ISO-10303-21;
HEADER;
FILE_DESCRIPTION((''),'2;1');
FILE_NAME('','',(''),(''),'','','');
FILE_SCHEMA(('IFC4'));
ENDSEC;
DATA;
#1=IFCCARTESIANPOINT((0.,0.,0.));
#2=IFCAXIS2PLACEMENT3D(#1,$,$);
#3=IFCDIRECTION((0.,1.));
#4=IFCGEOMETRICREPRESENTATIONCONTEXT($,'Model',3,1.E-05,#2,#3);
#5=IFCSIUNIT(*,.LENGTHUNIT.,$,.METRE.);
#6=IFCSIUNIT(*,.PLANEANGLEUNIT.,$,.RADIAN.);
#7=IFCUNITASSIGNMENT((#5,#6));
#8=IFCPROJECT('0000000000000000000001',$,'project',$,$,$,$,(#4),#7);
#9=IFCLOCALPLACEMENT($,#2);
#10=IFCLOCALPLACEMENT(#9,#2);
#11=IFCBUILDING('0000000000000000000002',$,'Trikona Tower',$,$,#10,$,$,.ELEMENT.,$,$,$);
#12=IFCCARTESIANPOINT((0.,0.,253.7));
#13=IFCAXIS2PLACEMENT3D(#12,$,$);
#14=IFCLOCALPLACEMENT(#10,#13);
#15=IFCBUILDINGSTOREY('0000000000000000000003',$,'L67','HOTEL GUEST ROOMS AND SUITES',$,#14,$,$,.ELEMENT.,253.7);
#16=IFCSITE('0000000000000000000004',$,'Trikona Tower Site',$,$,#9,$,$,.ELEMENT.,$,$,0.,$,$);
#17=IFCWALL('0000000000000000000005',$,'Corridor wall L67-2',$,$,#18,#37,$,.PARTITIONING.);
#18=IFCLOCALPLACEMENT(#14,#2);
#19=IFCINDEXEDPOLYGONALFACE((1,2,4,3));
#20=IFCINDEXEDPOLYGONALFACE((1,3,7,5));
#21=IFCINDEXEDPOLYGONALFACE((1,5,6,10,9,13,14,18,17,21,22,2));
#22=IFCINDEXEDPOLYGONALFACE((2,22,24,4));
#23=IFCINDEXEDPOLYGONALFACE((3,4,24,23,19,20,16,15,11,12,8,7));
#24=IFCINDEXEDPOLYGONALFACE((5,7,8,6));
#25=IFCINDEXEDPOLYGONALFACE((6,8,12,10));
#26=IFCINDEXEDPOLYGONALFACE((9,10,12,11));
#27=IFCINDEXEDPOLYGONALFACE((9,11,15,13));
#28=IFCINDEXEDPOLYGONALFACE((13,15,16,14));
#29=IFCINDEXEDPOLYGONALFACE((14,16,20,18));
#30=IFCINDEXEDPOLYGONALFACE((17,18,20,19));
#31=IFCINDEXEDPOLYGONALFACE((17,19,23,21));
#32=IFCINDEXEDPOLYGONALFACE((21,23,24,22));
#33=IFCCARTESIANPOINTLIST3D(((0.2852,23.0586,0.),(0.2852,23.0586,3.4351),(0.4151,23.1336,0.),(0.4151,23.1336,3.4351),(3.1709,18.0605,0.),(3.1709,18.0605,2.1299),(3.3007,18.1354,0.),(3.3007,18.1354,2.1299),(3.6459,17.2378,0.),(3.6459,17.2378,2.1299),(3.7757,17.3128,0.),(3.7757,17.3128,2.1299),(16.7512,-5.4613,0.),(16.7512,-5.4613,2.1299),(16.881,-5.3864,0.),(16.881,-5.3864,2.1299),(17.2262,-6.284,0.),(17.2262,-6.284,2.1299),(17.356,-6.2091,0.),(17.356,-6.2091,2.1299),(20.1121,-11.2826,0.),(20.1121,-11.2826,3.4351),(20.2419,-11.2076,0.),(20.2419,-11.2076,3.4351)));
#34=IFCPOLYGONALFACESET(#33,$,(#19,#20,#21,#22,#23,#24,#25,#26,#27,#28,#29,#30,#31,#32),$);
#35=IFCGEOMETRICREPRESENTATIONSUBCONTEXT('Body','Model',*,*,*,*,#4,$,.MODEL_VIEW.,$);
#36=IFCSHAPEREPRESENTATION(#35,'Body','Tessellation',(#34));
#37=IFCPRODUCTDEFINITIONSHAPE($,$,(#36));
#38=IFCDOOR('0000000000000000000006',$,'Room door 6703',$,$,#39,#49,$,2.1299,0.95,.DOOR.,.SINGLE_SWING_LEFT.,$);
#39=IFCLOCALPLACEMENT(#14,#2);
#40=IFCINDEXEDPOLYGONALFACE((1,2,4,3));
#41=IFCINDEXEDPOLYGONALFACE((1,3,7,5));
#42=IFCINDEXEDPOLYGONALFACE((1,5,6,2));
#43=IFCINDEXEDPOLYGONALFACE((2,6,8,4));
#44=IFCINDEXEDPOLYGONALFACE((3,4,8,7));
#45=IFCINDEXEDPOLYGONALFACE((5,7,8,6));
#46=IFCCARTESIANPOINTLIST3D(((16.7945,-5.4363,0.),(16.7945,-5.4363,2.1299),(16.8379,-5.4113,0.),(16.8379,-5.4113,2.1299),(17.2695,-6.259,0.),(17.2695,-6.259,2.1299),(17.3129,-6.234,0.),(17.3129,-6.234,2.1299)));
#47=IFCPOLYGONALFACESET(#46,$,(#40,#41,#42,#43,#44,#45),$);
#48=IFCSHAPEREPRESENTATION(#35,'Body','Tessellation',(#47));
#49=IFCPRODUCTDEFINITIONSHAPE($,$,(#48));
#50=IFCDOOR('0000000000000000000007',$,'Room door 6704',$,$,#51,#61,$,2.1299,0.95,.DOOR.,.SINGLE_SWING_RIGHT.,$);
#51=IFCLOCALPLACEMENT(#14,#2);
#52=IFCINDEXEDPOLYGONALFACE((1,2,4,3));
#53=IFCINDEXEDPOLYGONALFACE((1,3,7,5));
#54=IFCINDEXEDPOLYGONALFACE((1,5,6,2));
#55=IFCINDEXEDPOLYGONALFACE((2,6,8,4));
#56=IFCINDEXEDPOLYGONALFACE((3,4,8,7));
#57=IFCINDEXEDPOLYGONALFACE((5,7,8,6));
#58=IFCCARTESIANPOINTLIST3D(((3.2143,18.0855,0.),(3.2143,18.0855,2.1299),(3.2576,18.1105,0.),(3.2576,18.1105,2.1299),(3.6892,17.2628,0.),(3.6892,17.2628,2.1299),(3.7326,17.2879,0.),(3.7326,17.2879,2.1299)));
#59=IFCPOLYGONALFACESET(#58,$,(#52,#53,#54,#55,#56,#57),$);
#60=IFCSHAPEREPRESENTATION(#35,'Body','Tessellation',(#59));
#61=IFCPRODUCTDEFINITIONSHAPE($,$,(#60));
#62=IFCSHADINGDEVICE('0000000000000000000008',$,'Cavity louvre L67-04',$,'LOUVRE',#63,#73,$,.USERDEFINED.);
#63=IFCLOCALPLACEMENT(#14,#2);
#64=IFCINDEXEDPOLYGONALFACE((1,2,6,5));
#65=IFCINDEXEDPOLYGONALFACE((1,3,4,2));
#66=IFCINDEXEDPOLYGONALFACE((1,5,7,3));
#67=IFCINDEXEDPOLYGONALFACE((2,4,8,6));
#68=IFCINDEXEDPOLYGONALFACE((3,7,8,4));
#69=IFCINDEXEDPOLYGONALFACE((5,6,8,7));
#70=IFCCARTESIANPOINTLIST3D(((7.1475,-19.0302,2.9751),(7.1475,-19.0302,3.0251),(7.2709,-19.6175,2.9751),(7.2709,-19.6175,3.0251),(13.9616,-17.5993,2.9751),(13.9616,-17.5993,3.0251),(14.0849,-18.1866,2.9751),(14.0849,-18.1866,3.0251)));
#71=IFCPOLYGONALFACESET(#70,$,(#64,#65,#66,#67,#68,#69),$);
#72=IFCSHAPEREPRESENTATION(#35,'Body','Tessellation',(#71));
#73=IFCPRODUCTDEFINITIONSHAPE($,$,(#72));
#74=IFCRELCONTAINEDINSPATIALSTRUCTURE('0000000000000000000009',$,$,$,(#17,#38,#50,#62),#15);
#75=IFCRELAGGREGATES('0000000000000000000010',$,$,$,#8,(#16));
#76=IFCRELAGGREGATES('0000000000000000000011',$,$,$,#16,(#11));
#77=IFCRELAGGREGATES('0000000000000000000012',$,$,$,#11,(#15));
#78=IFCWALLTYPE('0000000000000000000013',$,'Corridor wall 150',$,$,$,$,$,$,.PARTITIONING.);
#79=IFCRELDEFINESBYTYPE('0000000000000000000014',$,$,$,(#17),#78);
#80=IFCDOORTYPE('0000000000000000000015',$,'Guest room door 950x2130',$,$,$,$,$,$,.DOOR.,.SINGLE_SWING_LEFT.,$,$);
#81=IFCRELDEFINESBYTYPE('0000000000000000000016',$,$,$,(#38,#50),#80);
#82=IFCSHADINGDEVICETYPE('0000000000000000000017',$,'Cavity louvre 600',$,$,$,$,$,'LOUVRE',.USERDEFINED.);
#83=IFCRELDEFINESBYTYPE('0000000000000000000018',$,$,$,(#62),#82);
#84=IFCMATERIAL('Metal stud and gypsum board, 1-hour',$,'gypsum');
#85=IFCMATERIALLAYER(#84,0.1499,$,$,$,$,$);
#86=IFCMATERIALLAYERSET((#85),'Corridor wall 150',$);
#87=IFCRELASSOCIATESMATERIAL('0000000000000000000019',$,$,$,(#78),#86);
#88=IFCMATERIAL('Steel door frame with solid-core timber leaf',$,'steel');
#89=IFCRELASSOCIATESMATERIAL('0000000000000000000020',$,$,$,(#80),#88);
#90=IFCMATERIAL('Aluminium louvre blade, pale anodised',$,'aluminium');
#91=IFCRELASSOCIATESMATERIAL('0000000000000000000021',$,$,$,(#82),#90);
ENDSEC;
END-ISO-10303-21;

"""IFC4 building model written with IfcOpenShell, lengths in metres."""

from ifc_helpers import new_model, si_unit, direction, frame, frame_2d, origin, origin_2d, place, context, subcontext, project, spatial, rectangle, extrude, material, layer, layer_set, type_object, element, fill, save


model = new_model("IFC4")

# Units and contexts
model_context = context("Model", 3, precision=1e-05, world=origin(), true_north=direction((0.0, 1.0)))
body_context = subcontext(model_context, "Body", "Model", "MODEL_VIEW")
ifc_project = project(units=[si_unit("LENGTHUNIT", "METRE"), si_unit("PLANEANGLEUNIT", "RADIAN")], contexts=[model_context])

# Site, building, storey
site_placement = place(None, origin())
site = spatial("IfcSite", under=ifc_project, at=site_placement, Name="Trikona Tower Site", CompositionType="ELEMENT", RefElevation=0.0)
building_placement = place(site_placement, origin())
building = spatial("IfcBuilding", under=site, at=building_placement, Name="Trikona Tower", CompositionType="ELEMENT")
storey_placement = place(building_placement, frame((0.0, 0.0, 253.7)))
storey = spatial("IfcBuildingStorey", under=building, at=storey_placement, Name="L67", Description="HOTEL GUEST ROOMS AND SUITES", CompositionType="ELEMENT", Elevation=253.7)

# Wall, openings, doors
ifc_material_1 = material(Name="Metal stud and gypsum board, 1-hour", Category="gypsum")
ifc_layer_1 = layer(ifc_material_1, 0.1499)
ifc_layer_set_1 = layer_set([ifc_layer_1], Name="Corridor wall 150")
wall_type_1 = type_object("IfcWallType", Name="Corridor wall 150", PredefinedType="PARTITIONING", material=ifc_layer_set_1)
wall_1_placement = place(storey_placement, frame((20.177, -11.2451, 0.0), z_axis=(0.0, 0.0, 1.0), x_axis=(-0.499999, 0.866026, 0.0)))
wall_1 = element("IfcWall", 1, at=wall_1_placement, inside=storey, type_object=wall_type_1, Name="Corridor wall L67-2", PredefinedType="PARTITIONING", context=body_context, shape_type="SweptSolid", body=[
    extrude(rectangle(XDim=39.6538, YDim=0.1499, at=frame_2d((19.8269, 0.0))), origin(), (0.0, 0.0, 1.0), 3.4351),
])
opening_1_placement = place(wall_1_placement, frame((5.7717, 0.0, 0.0)))
opening_1 = element("IfcOpeningElement", 2, at=opening_1_placement, cuts=wall_1, PredefinedType="OPENING", context=body_context, shape_type="SweptSolid", body=[
    extrude(rectangle(XDim=0.95, YDim=2.1299, at=frame_2d((0.4751, 1.0649))), frame((0.0, 0.085, 0.0), z_axis=(0.0, -1.0, 0.0), x_axis=(1.0, 0.0, 0.0)), (0.0, 0.0, 1.0), 0.1699),
])
opening_2_placement = place(wall_1_placement, frame((32.9324, 0.0, 0.0)))
opening_2 = element("IfcOpeningElement", 3, at=opening_2_placement, cuts=wall_1, PredefinedType="OPENING", context=body_context, shape_type="SweptSolid", body=[
    extrude(rectangle(XDim=0.95, YDim=2.1299, at=frame_2d((0.4751, 1.0649))), frame((0.0, 0.085, 0.0), z_axis=(0.0, -1.0, 0.0), x_axis=(1.0, 0.0, 0.0)), (0.0, 0.0, 1.0), 0.1699),
])
ifc_material_2 = material(Name="Steel door frame with solid-core timber leaf", Category="steel")
door_type_1 = type_object("IfcDoorType", Name="Guest room door 950x2130", OperationType="SINGLE_SWING_LEFT", PredefinedType="DOOR", material=ifc_material_2)
door_1_placement = place(opening_1_placement, origin())
door_1 = element("IfcDoor", 4, at=door_1_placement, inside=storey, type_object=door_type_1, Name="Room door 6703", OperationType="SINGLE_SWING_LEFT", OverallHeight=2.1299, OverallWidth=0.95, PredefinedType="DOOR", context=body_context, shape_type="SweptSolid", body=[
    extrude(rectangle(XDim=0.95, YDim=2.1299, at=frame_2d((0.4751, 1.0649))), frame((0.0, 0.0249, 0.0), z_axis=(0.0, -1.0, 0.0), x_axis=(1.0, 0.0, 0.0)), (0.0, 0.0, 1.0), 0.05),
])
fill(opening_1, door_1)
door_2_placement = place(opening_2_placement, origin())
door_2 = element("IfcDoor", 5, at=door_2_placement, inside=storey, type_object=door_type_1, Name="Room door 6704", OperationType="SINGLE_SWING_RIGHT", OverallHeight=2.1299, OverallWidth=0.95, PredefinedType="DOOR", context=body_context, shape_type="SweptSolid", body=[
    extrude(rectangle(XDim=0.95, YDim=2.1299, at=frame_2d((0.4751, 1.0649))), frame((0.0, 0.0249, 0.0), z_axis=(0.0, -1.0, 0.0), x_axis=(1.0, 0.0, 0.0)), (0.0, 0.0, 1.0), 0.05),
])
fill(opening_2, door_2)

# Shading device
ifc_material_3 = material(Name="Aluminium louvre blade, pale anodised", Category="aluminium")
shading_device_type = type_object("IfcShadingDeviceType", Name="Cavity louvre 600", ElementType="LOUVRE", PredefinedType="USERDEFINED", material=ifc_material_3)
shading_device_placement = place(storey_placement, frame((10.6162, -18.6084, 2.9751), z_axis=(0.0, 0.0, 1.0), x_axis=(0.978653, 0.205518, 0.0)))
element("IfcShadingDevice", 6, at=shading_device_placement, inside=storey, type_object=shading_device_type, Name="Cavity louvre L67-04", ObjectType="LOUVRE", PredefinedType="USERDEFINED", context=body_context, shape_type="SweptSolid", body=[
    extrude(rectangle(XDim=6.9626, YDim=0.6001, at=origin_2d()), origin(), (0.0, 0.0, 1.0), 0.05),
])

save(model, "model.ifc")
